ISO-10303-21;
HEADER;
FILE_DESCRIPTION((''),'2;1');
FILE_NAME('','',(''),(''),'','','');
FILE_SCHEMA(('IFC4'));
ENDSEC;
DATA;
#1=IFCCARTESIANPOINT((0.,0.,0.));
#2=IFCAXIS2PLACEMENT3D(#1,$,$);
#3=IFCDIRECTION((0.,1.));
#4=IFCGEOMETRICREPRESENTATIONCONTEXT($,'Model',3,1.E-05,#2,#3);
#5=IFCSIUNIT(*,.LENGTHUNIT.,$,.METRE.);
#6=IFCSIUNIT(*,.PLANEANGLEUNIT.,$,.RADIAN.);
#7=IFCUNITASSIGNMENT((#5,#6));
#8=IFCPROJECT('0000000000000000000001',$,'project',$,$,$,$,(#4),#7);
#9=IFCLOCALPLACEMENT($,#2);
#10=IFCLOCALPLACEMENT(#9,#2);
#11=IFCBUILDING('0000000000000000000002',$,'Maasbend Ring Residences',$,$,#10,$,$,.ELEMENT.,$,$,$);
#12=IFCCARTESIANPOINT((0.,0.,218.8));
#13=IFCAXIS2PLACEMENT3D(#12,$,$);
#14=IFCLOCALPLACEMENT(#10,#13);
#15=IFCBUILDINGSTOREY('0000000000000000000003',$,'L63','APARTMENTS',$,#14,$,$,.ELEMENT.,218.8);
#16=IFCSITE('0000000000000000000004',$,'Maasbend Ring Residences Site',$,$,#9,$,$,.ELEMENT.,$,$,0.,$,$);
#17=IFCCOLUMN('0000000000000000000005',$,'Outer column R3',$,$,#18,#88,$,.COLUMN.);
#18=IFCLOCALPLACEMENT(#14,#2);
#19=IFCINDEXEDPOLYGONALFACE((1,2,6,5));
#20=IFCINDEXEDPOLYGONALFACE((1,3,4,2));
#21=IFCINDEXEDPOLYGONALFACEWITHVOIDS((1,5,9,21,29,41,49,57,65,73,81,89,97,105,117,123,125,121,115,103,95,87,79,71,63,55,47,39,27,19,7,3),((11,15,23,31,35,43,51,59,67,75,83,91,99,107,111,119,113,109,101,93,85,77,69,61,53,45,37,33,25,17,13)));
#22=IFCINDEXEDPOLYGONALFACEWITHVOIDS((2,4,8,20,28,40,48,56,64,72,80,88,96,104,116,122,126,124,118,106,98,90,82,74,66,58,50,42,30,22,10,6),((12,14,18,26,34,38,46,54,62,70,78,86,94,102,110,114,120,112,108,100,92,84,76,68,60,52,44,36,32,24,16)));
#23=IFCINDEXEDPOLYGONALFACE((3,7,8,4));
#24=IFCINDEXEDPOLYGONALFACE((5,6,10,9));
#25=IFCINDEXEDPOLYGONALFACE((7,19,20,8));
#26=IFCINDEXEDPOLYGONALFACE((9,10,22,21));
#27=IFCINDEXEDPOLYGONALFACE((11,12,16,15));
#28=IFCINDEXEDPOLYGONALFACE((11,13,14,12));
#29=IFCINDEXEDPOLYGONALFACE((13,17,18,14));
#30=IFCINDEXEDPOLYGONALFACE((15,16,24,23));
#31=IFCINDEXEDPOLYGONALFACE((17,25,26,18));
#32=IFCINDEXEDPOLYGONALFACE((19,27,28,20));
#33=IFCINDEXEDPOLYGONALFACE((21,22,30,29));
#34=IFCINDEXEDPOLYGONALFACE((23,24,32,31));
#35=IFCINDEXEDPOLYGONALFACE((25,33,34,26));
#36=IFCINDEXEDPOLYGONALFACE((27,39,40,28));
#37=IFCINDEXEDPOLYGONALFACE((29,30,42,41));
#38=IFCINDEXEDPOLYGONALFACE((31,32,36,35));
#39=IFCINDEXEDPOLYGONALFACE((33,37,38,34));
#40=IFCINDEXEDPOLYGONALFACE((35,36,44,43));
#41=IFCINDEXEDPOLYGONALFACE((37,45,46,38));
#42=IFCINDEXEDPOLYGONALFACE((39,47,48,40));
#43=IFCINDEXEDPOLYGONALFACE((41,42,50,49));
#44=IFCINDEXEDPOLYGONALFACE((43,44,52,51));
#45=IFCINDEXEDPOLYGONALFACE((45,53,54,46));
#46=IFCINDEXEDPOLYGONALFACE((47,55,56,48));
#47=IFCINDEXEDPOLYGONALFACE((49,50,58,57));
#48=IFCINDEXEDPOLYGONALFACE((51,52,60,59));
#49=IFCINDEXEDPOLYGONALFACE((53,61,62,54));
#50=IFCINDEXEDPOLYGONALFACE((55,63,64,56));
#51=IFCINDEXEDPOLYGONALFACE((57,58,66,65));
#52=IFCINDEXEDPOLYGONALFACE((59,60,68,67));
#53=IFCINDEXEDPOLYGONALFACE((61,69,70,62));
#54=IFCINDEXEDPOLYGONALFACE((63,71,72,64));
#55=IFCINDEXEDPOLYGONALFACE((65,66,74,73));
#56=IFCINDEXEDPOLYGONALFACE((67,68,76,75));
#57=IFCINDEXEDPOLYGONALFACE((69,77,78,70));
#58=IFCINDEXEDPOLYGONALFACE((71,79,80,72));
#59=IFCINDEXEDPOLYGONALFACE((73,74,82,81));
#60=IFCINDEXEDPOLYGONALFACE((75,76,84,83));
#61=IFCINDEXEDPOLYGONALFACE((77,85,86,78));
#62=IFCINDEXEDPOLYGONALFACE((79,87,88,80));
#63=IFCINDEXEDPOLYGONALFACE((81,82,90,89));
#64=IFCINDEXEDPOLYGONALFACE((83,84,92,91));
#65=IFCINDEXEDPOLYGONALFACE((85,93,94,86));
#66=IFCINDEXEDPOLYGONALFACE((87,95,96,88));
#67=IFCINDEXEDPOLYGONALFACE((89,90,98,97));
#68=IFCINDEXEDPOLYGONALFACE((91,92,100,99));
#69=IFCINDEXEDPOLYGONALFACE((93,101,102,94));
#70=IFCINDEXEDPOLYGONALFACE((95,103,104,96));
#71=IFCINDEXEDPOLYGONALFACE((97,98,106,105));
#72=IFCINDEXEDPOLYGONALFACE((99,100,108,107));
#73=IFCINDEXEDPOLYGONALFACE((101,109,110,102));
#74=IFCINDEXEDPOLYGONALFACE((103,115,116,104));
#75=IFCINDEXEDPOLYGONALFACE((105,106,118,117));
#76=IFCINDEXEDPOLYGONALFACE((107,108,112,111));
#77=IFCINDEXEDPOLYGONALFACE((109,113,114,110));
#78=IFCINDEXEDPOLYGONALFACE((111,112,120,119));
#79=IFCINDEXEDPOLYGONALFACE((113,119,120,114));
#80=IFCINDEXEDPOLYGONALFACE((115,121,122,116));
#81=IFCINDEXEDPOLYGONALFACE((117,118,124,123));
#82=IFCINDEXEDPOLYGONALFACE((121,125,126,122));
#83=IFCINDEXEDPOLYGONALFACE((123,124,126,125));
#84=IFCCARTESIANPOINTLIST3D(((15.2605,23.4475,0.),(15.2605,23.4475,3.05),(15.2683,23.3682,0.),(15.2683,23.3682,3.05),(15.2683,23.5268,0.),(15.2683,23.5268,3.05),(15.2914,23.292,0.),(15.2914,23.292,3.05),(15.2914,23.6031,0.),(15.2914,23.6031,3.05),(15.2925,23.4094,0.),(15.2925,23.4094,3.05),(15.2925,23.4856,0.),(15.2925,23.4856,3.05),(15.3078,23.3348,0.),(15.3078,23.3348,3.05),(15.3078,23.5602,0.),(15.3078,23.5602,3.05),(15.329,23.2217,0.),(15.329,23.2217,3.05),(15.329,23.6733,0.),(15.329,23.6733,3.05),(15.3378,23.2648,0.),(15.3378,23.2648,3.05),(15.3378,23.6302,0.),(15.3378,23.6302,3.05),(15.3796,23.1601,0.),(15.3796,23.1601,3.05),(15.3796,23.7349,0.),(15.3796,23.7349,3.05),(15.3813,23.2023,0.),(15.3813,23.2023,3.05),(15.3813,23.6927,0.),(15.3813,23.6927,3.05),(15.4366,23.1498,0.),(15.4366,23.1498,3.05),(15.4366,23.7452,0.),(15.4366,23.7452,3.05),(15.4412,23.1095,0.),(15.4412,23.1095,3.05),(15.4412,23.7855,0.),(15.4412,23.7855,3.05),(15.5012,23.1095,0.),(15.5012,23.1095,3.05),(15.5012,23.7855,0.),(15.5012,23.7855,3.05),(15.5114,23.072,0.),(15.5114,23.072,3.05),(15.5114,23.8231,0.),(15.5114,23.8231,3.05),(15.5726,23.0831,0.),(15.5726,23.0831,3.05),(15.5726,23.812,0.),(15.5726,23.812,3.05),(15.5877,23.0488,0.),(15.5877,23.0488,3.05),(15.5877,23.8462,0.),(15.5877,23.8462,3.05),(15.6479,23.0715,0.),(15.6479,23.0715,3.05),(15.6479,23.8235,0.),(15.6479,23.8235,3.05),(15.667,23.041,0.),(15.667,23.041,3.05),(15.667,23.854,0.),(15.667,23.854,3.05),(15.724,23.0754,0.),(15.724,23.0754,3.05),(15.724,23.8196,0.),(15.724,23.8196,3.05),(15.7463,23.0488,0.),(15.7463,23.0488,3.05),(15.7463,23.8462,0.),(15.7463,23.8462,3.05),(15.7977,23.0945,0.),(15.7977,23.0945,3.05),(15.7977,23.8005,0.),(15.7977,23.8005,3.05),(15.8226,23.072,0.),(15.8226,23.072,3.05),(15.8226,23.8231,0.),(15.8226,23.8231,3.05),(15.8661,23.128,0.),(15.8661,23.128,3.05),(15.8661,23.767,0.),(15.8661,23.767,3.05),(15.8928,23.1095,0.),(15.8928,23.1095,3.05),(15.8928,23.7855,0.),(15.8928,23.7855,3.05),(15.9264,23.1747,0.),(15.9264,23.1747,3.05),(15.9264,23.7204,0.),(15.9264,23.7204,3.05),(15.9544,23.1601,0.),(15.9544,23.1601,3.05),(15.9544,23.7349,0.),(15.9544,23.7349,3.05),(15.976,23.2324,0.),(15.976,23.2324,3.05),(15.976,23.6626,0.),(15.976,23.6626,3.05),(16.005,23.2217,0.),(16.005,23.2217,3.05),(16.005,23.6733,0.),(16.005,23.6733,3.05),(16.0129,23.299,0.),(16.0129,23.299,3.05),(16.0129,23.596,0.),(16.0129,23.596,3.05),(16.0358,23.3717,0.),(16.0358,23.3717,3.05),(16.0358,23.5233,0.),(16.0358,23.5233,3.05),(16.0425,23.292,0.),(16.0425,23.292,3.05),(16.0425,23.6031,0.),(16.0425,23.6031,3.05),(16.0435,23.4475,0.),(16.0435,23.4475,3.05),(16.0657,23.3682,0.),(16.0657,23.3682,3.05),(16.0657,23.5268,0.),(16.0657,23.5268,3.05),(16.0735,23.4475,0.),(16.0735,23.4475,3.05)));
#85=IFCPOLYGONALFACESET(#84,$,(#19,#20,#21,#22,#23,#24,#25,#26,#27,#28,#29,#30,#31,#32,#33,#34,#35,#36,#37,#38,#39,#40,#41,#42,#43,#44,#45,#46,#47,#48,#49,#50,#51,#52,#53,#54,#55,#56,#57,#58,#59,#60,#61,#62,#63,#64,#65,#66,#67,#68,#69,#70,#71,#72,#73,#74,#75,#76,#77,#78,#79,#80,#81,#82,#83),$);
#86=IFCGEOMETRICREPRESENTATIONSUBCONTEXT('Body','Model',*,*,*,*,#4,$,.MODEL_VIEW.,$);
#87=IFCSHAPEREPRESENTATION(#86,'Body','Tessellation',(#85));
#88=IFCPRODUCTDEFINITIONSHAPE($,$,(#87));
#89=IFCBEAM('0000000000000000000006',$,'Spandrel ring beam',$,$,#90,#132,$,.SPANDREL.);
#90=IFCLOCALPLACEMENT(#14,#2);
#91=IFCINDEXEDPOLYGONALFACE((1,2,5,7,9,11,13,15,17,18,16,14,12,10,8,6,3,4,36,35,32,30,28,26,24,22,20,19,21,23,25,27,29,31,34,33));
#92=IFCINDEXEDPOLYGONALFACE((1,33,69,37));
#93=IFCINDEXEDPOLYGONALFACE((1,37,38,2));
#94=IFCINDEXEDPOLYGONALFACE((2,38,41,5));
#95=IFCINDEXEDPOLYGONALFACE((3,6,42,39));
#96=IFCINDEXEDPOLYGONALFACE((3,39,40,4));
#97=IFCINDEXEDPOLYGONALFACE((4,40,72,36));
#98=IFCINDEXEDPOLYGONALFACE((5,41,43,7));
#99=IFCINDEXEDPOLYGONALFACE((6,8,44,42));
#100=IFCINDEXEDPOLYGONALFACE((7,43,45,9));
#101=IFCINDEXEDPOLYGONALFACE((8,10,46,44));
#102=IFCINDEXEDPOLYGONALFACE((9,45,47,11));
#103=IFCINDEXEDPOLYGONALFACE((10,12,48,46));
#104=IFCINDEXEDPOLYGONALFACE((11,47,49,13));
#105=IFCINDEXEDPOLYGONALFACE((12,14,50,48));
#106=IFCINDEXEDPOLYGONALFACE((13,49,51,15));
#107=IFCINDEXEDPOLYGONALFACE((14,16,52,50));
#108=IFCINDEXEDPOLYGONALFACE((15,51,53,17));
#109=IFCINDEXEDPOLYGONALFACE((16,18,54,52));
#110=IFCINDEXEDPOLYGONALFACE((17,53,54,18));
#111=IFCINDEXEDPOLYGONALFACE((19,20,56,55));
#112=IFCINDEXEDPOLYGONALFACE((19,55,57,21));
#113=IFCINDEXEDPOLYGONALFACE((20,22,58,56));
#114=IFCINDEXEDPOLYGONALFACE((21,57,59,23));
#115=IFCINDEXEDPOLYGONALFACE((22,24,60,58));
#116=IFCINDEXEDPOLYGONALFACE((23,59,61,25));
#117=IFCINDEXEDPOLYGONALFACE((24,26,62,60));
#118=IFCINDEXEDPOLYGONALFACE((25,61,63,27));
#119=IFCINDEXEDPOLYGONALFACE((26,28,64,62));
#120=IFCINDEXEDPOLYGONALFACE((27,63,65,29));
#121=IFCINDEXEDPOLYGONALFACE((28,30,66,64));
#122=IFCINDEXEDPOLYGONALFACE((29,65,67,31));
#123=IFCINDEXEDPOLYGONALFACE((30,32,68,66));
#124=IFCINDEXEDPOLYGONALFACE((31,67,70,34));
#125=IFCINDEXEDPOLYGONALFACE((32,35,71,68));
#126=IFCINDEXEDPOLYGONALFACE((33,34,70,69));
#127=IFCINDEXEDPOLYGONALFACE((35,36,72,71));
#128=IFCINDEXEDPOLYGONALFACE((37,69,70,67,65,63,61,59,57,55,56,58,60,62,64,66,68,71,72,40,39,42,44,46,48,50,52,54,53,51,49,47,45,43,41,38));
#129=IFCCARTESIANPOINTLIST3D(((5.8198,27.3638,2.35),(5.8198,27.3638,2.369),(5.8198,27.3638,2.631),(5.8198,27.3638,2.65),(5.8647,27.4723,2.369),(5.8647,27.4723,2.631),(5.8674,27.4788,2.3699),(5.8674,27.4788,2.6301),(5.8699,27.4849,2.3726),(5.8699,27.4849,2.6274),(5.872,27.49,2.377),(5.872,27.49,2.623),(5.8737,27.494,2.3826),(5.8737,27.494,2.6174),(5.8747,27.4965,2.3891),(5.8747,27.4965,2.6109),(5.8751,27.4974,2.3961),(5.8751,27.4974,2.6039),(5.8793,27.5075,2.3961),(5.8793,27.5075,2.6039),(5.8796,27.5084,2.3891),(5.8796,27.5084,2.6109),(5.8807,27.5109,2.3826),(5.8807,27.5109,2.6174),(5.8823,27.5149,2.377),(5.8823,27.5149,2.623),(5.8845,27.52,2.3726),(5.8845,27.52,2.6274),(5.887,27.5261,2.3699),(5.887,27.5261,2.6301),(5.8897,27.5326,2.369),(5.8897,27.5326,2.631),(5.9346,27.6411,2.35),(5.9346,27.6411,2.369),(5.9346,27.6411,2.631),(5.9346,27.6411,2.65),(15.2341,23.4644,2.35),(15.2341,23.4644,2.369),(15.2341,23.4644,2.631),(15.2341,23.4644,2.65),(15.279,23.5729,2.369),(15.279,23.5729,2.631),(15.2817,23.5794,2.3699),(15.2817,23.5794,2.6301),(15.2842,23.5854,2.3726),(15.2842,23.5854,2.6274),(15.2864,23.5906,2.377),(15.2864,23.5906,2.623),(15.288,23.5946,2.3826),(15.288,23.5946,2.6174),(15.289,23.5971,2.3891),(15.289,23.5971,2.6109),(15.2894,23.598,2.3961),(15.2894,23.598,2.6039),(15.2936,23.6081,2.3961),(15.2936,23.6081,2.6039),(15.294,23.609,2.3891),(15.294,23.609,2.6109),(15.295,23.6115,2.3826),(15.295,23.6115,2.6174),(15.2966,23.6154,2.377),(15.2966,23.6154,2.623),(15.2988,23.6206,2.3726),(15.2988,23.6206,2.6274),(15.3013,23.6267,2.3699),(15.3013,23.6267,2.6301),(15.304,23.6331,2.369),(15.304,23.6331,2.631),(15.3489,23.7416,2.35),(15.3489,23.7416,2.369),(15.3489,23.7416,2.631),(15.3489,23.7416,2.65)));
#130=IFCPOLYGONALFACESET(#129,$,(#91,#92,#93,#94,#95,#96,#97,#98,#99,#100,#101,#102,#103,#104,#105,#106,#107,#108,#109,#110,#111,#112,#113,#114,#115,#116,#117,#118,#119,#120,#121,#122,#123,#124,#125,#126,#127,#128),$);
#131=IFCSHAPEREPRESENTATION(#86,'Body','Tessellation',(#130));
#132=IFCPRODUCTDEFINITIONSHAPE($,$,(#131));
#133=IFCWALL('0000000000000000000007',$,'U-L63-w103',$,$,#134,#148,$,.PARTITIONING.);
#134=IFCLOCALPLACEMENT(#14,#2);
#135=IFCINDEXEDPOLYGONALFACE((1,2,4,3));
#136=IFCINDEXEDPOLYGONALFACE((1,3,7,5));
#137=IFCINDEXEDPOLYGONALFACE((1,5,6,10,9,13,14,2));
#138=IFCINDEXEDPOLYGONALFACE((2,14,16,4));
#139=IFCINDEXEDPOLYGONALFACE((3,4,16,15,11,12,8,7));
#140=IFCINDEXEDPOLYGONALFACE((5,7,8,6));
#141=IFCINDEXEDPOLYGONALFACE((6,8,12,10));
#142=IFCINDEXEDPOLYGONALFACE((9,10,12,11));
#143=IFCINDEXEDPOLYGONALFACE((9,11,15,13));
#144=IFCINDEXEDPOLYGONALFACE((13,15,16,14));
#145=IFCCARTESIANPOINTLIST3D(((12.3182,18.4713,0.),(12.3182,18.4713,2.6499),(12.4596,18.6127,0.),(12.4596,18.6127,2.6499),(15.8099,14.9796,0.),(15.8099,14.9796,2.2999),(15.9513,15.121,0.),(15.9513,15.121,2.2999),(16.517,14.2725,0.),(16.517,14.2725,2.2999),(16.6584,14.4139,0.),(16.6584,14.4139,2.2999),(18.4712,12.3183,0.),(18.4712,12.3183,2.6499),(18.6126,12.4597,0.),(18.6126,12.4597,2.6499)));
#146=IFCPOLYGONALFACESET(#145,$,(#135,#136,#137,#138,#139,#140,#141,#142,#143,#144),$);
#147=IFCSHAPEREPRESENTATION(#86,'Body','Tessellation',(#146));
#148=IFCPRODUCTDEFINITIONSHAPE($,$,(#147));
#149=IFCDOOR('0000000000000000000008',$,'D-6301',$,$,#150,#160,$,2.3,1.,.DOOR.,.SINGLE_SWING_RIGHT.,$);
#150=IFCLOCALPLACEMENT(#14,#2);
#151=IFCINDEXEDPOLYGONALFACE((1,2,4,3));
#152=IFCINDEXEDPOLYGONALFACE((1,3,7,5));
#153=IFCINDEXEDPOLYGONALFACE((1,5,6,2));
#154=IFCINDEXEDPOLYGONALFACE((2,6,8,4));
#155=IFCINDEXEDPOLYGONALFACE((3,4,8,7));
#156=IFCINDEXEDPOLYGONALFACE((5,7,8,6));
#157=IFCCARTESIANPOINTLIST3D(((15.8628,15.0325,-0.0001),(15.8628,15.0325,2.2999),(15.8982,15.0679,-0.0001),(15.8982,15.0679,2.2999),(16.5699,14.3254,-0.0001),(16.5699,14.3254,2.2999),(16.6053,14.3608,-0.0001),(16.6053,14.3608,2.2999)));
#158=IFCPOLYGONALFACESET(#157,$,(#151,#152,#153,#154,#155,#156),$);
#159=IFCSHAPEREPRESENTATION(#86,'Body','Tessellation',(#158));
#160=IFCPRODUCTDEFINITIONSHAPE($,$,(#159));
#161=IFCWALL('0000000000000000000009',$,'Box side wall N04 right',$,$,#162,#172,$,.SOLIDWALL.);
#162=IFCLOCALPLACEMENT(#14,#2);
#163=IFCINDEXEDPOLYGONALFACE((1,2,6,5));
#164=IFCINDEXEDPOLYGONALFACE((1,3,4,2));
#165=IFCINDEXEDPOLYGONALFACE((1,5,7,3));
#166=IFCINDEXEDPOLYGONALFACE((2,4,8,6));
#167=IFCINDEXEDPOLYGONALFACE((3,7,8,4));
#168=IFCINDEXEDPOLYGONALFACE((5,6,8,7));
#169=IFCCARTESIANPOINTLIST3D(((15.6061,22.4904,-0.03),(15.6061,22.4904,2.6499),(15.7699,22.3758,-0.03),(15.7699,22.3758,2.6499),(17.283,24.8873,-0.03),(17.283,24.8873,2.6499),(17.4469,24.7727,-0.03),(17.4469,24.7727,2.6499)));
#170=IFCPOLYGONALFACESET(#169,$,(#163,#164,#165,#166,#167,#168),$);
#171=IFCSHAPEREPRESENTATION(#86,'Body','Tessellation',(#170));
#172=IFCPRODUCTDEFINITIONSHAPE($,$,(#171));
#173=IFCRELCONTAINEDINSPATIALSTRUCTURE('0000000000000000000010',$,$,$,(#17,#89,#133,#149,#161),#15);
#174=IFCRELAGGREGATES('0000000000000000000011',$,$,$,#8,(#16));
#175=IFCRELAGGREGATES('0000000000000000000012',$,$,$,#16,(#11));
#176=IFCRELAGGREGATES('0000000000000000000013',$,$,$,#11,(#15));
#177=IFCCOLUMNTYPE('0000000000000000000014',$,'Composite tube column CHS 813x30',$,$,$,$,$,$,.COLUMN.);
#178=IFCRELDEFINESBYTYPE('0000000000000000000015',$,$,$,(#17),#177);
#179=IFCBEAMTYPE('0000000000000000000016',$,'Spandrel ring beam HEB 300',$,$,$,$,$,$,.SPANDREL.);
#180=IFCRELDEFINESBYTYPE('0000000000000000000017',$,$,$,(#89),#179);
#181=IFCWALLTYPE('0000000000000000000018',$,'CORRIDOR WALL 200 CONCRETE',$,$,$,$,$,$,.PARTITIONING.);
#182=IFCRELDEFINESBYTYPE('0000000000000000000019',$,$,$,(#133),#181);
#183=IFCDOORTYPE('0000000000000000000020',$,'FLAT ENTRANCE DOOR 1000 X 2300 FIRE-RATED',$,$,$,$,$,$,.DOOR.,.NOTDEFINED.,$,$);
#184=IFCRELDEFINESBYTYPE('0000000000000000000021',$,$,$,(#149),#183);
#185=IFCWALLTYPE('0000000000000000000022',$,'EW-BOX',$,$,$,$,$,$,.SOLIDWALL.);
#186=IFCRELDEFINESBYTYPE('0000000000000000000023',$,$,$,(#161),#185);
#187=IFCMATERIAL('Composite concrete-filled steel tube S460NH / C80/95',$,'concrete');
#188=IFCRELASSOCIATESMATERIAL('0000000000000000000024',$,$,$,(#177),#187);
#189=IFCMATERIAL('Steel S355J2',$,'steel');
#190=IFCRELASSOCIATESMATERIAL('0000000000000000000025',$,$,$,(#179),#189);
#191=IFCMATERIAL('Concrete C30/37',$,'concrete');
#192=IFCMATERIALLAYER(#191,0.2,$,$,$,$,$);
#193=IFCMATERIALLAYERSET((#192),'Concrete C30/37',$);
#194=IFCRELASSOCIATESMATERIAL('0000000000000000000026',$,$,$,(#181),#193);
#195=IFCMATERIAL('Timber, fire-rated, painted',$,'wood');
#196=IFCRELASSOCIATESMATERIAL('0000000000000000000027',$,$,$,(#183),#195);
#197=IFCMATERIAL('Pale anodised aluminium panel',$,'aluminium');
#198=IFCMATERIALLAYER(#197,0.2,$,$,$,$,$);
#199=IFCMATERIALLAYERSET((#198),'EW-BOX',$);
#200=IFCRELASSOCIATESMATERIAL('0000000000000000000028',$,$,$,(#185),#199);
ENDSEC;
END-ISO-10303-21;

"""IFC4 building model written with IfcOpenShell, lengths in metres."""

from ifc_helpers import new_model, si_unit, direction, frame, frame_2d, origin, origin_2d, place, context, subcontext, project, spatial, rectangle, hollow_circle, i_section, extrude, material, layer, layer_set, material_profile, profile_set, type_object, element, fill, save


model = new_model("IFC4")

# Units and contexts
model_context = context("Model", 3, precision=1e-05, world=origin(), true_north=direction((0.0, 1.0)))
body_context = subcontext(model_context, "Body", "Model", "MODEL_VIEW")
ifc_project = project(units=[si_unit("LENGTHUNIT", "METRE"), si_unit("PLANEANGLEUNIT", "RADIAN")], contexts=[model_context])

# Site, building, storey
site_placement = place(None, origin())
site = spatial("IfcSite", under=ifc_project, at=site_placement, Name="Maasbend Ring Residences Site", CompositionType="ELEMENT", RefElevation=0.0)
building_placement = place(site_placement, origin())
building = spatial("IfcBuilding", under=site, at=building_placement, Name="Maasbend Ring Residences", CompositionType="ELEMENT")
storey_placement = place(building_placement, frame((0.0, 0.0, 218.8)))
storey = spatial("IfcBuildingStorey", under=building, at=storey_placement, Name="L63", Description="APARTMENTS", CompositionType="ELEMENT", Elevation=218.8)

# Column
ifc_material_1 = material(Name="Composite concrete-filled steel tube S460NH / C80/95", Category="concrete")
ifc_material_profile_1 = material_profile(ifc_material_1, hollow_circle(Radius=0.4065, WallThickness=0.03, at=origin_2d()), Name="Composite tube column CHS 813x30")
ifc_profile_set_1 = profile_set([ifc_material_profile_1], Name="Composite concrete-filled steel tube S460NH / C80/95")
column_type = type_object("IfcColumnType", Name="Composite tube column CHS 813x30", PredefinedType="COLUMN", material=ifc_profile_set_1)
column_placement = place(storey_placement, frame((15.667, 23.4475, 0.0), z_axis=(0.0, 0.0, 1.0), x_axis=(1.0, 0.0, 0.0)))
element("IfcColumn", 1, at=column_placement, inside=storey, type_object=column_type, Name="Outer column R3", PredefinedType="COLUMN", context=body_context, shape_type="SweptSolid", body=[
    extrude(hollow_circle(Radius=0.4065, WallThickness=0.03, at=origin_2d()), origin(), (0.0, 0.0, 1.0), 3.05),
])

# Beam
ifc_material_2 = material(Name="Steel S355J2", Category="steel")
ifc_material_profile_2 = material_profile(ifc_material_2, i_section(OverallWidth=0.3, OverallDepth=0.3, WebThickness=0.011, FlangeThickness=0.019, FilletRadius=0.0271, at=origin_2d()), Name="HEB 300")
ifc_profile_set_2 = profile_set([ifc_material_profile_2], Name="Steel S355J2")
beam_type = type_object("IfcBeamType", Name="Spandrel ring beam HEB 300", PredefinedType="SPANDREL", material=ifc_profile_set_2)
beam_placement = place(storey_placement, frame((15.2915, 23.603, 2.5), z_axis=(-0.923884, 0.382673, 0.0), x_axis=(-0.382673, -0.923884, 0.0)))
element("IfcBeam", 2, at=beam_placement, inside=storey, type_object=beam_type, Name="Spandrel ring beam", PredefinedType="SPANDREL", context=body_context, shape_type="SweptSolid", body=[
    extrude(i_section(OverallWidth=0.3, OverallDepth=0.3, WebThickness=0.011, FlangeThickness=0.019, FilletRadius=0.0271, at=origin_2d()), origin(), (0.0, 0.0, 1.0), 10.1899),
])

# Wall, opening, door
ifc_material_3 = material(Name="Concrete C30/37", Category="concrete")
ifc_layer_1 = layer(ifc_material_3, 0.2)
ifc_layer_set_1 = layer_set([ifc_layer_1], Name="Concrete C30/37")
wall_type_1 = type_object("IfcWallType", Name="CORRIDOR WALL 200 CONCRETE", PredefinedType="PARTITIONING", material=ifc_layer_set_1)
wall_1_placement = place(storey_placement, frame((12.3889, 18.542, 0.0), z_axis=(0.0, 0.0, 1.0), x_axis=(0.707107, -0.707107, 0.0)))
wall_1 = element("IfcWall", 3, at=wall_1_placement, inside=storey, type_object=wall_type_1, Name="U-L63-w103", PredefinedType="PARTITIONING", context=body_context, shape_type="SweptSolid", body=[
    extrude(rectangle(XDim=8.7017, YDim=0.2, at=frame_2d((4.3508, 0.0))), origin(), (0.0, 0.0, 1.0), 2.6499),
])
opening_1_placement = place(wall_1_placement, frame((4.938, 0.0, 0.0)))
opening_1 = element("IfcOpeningElement", 4, at=opening_1_placement, cuts=wall_1, PredefinedType="OPENING", context=body_context, shape_type="SweptSolid", body=[
    extrude(rectangle(XDim=1.0, YDim=2.3, at=frame_2d((0.5, 1.1499))), frame((0.0, 0.1099, 0.0), z_axis=(0.0, -1.0, 0.0), x_axis=(1.0, 0.0, 0.0)), (0.0, 0.0, 1.0), 0.22),
])
ifc_material_4 = material(Name="Timber, fire-rated, painted", Category="wood")
door_type_1 = type_object("IfcDoorType", Name="FLAT ENTRANCE DOOR 1000 X 2300 FIRE-RATED", OperationType="NOTDEFINED", PredefinedType="DOOR", material=ifc_material_4)
door_1_placement = place(opening_1_placement, origin())
door_1 = element("IfcDoor", 5, at=door_1_placement, inside=storey, type_object=door_type_1, Name="D-6301", OperationType="SINGLE_SWING_RIGHT", OverallHeight=2.3, OverallWidth=1.0, PredefinedType="DOOR", context=body_context, shape_type="SweptSolid", body=[
    extrude(rectangle(XDim=1.0, YDim=2.3, at=frame_2d((0.5, 1.1499))), frame((0.0, 0.0249, 0.0), z_axis=(0.0, -1.0, 0.0), x_axis=(1.0, 0.0, 0.0)), (0.0, 0.0, 1.0), 0.05),
])
fill(opening_1, door_1)

# Wall
ifc_material_5 = material(Name="Pale anodised aluminium panel", Category="aluminium")
ifc_layer_2 = layer(ifc_material_5, 0.2)
ifc_layer_set_2 = layer_set([ifc_layer_2], Name="EW-BOX")
wall_type_2 = type_object("IfcWallType", Name="EW-BOX", PredefinedType="SOLIDWALL", material=ifc_layer_set_2)
wall_2_placement = place(storey_placement, frame((15.688, 22.4331, -0.03), z_axis=(0.0, 0.0, 1.0), x_axis=(0.573261, 0.819373, 0.0)))
element("IfcWall", 6, at=wall_2_placement, inside=storey, type_object=wall_type_2, Name="Box side wall N04 right", PredefinedType="SOLIDWALL", context=body_context, shape_type="SweptSolid", body=[
    extrude(rectangle(XDim=2.9253, YDim=0.2, at=frame_2d((1.4626, 0.0))), origin(), (0.0, 0.0, 1.0), 2.6799),
])

save(model, "model.ifc")
